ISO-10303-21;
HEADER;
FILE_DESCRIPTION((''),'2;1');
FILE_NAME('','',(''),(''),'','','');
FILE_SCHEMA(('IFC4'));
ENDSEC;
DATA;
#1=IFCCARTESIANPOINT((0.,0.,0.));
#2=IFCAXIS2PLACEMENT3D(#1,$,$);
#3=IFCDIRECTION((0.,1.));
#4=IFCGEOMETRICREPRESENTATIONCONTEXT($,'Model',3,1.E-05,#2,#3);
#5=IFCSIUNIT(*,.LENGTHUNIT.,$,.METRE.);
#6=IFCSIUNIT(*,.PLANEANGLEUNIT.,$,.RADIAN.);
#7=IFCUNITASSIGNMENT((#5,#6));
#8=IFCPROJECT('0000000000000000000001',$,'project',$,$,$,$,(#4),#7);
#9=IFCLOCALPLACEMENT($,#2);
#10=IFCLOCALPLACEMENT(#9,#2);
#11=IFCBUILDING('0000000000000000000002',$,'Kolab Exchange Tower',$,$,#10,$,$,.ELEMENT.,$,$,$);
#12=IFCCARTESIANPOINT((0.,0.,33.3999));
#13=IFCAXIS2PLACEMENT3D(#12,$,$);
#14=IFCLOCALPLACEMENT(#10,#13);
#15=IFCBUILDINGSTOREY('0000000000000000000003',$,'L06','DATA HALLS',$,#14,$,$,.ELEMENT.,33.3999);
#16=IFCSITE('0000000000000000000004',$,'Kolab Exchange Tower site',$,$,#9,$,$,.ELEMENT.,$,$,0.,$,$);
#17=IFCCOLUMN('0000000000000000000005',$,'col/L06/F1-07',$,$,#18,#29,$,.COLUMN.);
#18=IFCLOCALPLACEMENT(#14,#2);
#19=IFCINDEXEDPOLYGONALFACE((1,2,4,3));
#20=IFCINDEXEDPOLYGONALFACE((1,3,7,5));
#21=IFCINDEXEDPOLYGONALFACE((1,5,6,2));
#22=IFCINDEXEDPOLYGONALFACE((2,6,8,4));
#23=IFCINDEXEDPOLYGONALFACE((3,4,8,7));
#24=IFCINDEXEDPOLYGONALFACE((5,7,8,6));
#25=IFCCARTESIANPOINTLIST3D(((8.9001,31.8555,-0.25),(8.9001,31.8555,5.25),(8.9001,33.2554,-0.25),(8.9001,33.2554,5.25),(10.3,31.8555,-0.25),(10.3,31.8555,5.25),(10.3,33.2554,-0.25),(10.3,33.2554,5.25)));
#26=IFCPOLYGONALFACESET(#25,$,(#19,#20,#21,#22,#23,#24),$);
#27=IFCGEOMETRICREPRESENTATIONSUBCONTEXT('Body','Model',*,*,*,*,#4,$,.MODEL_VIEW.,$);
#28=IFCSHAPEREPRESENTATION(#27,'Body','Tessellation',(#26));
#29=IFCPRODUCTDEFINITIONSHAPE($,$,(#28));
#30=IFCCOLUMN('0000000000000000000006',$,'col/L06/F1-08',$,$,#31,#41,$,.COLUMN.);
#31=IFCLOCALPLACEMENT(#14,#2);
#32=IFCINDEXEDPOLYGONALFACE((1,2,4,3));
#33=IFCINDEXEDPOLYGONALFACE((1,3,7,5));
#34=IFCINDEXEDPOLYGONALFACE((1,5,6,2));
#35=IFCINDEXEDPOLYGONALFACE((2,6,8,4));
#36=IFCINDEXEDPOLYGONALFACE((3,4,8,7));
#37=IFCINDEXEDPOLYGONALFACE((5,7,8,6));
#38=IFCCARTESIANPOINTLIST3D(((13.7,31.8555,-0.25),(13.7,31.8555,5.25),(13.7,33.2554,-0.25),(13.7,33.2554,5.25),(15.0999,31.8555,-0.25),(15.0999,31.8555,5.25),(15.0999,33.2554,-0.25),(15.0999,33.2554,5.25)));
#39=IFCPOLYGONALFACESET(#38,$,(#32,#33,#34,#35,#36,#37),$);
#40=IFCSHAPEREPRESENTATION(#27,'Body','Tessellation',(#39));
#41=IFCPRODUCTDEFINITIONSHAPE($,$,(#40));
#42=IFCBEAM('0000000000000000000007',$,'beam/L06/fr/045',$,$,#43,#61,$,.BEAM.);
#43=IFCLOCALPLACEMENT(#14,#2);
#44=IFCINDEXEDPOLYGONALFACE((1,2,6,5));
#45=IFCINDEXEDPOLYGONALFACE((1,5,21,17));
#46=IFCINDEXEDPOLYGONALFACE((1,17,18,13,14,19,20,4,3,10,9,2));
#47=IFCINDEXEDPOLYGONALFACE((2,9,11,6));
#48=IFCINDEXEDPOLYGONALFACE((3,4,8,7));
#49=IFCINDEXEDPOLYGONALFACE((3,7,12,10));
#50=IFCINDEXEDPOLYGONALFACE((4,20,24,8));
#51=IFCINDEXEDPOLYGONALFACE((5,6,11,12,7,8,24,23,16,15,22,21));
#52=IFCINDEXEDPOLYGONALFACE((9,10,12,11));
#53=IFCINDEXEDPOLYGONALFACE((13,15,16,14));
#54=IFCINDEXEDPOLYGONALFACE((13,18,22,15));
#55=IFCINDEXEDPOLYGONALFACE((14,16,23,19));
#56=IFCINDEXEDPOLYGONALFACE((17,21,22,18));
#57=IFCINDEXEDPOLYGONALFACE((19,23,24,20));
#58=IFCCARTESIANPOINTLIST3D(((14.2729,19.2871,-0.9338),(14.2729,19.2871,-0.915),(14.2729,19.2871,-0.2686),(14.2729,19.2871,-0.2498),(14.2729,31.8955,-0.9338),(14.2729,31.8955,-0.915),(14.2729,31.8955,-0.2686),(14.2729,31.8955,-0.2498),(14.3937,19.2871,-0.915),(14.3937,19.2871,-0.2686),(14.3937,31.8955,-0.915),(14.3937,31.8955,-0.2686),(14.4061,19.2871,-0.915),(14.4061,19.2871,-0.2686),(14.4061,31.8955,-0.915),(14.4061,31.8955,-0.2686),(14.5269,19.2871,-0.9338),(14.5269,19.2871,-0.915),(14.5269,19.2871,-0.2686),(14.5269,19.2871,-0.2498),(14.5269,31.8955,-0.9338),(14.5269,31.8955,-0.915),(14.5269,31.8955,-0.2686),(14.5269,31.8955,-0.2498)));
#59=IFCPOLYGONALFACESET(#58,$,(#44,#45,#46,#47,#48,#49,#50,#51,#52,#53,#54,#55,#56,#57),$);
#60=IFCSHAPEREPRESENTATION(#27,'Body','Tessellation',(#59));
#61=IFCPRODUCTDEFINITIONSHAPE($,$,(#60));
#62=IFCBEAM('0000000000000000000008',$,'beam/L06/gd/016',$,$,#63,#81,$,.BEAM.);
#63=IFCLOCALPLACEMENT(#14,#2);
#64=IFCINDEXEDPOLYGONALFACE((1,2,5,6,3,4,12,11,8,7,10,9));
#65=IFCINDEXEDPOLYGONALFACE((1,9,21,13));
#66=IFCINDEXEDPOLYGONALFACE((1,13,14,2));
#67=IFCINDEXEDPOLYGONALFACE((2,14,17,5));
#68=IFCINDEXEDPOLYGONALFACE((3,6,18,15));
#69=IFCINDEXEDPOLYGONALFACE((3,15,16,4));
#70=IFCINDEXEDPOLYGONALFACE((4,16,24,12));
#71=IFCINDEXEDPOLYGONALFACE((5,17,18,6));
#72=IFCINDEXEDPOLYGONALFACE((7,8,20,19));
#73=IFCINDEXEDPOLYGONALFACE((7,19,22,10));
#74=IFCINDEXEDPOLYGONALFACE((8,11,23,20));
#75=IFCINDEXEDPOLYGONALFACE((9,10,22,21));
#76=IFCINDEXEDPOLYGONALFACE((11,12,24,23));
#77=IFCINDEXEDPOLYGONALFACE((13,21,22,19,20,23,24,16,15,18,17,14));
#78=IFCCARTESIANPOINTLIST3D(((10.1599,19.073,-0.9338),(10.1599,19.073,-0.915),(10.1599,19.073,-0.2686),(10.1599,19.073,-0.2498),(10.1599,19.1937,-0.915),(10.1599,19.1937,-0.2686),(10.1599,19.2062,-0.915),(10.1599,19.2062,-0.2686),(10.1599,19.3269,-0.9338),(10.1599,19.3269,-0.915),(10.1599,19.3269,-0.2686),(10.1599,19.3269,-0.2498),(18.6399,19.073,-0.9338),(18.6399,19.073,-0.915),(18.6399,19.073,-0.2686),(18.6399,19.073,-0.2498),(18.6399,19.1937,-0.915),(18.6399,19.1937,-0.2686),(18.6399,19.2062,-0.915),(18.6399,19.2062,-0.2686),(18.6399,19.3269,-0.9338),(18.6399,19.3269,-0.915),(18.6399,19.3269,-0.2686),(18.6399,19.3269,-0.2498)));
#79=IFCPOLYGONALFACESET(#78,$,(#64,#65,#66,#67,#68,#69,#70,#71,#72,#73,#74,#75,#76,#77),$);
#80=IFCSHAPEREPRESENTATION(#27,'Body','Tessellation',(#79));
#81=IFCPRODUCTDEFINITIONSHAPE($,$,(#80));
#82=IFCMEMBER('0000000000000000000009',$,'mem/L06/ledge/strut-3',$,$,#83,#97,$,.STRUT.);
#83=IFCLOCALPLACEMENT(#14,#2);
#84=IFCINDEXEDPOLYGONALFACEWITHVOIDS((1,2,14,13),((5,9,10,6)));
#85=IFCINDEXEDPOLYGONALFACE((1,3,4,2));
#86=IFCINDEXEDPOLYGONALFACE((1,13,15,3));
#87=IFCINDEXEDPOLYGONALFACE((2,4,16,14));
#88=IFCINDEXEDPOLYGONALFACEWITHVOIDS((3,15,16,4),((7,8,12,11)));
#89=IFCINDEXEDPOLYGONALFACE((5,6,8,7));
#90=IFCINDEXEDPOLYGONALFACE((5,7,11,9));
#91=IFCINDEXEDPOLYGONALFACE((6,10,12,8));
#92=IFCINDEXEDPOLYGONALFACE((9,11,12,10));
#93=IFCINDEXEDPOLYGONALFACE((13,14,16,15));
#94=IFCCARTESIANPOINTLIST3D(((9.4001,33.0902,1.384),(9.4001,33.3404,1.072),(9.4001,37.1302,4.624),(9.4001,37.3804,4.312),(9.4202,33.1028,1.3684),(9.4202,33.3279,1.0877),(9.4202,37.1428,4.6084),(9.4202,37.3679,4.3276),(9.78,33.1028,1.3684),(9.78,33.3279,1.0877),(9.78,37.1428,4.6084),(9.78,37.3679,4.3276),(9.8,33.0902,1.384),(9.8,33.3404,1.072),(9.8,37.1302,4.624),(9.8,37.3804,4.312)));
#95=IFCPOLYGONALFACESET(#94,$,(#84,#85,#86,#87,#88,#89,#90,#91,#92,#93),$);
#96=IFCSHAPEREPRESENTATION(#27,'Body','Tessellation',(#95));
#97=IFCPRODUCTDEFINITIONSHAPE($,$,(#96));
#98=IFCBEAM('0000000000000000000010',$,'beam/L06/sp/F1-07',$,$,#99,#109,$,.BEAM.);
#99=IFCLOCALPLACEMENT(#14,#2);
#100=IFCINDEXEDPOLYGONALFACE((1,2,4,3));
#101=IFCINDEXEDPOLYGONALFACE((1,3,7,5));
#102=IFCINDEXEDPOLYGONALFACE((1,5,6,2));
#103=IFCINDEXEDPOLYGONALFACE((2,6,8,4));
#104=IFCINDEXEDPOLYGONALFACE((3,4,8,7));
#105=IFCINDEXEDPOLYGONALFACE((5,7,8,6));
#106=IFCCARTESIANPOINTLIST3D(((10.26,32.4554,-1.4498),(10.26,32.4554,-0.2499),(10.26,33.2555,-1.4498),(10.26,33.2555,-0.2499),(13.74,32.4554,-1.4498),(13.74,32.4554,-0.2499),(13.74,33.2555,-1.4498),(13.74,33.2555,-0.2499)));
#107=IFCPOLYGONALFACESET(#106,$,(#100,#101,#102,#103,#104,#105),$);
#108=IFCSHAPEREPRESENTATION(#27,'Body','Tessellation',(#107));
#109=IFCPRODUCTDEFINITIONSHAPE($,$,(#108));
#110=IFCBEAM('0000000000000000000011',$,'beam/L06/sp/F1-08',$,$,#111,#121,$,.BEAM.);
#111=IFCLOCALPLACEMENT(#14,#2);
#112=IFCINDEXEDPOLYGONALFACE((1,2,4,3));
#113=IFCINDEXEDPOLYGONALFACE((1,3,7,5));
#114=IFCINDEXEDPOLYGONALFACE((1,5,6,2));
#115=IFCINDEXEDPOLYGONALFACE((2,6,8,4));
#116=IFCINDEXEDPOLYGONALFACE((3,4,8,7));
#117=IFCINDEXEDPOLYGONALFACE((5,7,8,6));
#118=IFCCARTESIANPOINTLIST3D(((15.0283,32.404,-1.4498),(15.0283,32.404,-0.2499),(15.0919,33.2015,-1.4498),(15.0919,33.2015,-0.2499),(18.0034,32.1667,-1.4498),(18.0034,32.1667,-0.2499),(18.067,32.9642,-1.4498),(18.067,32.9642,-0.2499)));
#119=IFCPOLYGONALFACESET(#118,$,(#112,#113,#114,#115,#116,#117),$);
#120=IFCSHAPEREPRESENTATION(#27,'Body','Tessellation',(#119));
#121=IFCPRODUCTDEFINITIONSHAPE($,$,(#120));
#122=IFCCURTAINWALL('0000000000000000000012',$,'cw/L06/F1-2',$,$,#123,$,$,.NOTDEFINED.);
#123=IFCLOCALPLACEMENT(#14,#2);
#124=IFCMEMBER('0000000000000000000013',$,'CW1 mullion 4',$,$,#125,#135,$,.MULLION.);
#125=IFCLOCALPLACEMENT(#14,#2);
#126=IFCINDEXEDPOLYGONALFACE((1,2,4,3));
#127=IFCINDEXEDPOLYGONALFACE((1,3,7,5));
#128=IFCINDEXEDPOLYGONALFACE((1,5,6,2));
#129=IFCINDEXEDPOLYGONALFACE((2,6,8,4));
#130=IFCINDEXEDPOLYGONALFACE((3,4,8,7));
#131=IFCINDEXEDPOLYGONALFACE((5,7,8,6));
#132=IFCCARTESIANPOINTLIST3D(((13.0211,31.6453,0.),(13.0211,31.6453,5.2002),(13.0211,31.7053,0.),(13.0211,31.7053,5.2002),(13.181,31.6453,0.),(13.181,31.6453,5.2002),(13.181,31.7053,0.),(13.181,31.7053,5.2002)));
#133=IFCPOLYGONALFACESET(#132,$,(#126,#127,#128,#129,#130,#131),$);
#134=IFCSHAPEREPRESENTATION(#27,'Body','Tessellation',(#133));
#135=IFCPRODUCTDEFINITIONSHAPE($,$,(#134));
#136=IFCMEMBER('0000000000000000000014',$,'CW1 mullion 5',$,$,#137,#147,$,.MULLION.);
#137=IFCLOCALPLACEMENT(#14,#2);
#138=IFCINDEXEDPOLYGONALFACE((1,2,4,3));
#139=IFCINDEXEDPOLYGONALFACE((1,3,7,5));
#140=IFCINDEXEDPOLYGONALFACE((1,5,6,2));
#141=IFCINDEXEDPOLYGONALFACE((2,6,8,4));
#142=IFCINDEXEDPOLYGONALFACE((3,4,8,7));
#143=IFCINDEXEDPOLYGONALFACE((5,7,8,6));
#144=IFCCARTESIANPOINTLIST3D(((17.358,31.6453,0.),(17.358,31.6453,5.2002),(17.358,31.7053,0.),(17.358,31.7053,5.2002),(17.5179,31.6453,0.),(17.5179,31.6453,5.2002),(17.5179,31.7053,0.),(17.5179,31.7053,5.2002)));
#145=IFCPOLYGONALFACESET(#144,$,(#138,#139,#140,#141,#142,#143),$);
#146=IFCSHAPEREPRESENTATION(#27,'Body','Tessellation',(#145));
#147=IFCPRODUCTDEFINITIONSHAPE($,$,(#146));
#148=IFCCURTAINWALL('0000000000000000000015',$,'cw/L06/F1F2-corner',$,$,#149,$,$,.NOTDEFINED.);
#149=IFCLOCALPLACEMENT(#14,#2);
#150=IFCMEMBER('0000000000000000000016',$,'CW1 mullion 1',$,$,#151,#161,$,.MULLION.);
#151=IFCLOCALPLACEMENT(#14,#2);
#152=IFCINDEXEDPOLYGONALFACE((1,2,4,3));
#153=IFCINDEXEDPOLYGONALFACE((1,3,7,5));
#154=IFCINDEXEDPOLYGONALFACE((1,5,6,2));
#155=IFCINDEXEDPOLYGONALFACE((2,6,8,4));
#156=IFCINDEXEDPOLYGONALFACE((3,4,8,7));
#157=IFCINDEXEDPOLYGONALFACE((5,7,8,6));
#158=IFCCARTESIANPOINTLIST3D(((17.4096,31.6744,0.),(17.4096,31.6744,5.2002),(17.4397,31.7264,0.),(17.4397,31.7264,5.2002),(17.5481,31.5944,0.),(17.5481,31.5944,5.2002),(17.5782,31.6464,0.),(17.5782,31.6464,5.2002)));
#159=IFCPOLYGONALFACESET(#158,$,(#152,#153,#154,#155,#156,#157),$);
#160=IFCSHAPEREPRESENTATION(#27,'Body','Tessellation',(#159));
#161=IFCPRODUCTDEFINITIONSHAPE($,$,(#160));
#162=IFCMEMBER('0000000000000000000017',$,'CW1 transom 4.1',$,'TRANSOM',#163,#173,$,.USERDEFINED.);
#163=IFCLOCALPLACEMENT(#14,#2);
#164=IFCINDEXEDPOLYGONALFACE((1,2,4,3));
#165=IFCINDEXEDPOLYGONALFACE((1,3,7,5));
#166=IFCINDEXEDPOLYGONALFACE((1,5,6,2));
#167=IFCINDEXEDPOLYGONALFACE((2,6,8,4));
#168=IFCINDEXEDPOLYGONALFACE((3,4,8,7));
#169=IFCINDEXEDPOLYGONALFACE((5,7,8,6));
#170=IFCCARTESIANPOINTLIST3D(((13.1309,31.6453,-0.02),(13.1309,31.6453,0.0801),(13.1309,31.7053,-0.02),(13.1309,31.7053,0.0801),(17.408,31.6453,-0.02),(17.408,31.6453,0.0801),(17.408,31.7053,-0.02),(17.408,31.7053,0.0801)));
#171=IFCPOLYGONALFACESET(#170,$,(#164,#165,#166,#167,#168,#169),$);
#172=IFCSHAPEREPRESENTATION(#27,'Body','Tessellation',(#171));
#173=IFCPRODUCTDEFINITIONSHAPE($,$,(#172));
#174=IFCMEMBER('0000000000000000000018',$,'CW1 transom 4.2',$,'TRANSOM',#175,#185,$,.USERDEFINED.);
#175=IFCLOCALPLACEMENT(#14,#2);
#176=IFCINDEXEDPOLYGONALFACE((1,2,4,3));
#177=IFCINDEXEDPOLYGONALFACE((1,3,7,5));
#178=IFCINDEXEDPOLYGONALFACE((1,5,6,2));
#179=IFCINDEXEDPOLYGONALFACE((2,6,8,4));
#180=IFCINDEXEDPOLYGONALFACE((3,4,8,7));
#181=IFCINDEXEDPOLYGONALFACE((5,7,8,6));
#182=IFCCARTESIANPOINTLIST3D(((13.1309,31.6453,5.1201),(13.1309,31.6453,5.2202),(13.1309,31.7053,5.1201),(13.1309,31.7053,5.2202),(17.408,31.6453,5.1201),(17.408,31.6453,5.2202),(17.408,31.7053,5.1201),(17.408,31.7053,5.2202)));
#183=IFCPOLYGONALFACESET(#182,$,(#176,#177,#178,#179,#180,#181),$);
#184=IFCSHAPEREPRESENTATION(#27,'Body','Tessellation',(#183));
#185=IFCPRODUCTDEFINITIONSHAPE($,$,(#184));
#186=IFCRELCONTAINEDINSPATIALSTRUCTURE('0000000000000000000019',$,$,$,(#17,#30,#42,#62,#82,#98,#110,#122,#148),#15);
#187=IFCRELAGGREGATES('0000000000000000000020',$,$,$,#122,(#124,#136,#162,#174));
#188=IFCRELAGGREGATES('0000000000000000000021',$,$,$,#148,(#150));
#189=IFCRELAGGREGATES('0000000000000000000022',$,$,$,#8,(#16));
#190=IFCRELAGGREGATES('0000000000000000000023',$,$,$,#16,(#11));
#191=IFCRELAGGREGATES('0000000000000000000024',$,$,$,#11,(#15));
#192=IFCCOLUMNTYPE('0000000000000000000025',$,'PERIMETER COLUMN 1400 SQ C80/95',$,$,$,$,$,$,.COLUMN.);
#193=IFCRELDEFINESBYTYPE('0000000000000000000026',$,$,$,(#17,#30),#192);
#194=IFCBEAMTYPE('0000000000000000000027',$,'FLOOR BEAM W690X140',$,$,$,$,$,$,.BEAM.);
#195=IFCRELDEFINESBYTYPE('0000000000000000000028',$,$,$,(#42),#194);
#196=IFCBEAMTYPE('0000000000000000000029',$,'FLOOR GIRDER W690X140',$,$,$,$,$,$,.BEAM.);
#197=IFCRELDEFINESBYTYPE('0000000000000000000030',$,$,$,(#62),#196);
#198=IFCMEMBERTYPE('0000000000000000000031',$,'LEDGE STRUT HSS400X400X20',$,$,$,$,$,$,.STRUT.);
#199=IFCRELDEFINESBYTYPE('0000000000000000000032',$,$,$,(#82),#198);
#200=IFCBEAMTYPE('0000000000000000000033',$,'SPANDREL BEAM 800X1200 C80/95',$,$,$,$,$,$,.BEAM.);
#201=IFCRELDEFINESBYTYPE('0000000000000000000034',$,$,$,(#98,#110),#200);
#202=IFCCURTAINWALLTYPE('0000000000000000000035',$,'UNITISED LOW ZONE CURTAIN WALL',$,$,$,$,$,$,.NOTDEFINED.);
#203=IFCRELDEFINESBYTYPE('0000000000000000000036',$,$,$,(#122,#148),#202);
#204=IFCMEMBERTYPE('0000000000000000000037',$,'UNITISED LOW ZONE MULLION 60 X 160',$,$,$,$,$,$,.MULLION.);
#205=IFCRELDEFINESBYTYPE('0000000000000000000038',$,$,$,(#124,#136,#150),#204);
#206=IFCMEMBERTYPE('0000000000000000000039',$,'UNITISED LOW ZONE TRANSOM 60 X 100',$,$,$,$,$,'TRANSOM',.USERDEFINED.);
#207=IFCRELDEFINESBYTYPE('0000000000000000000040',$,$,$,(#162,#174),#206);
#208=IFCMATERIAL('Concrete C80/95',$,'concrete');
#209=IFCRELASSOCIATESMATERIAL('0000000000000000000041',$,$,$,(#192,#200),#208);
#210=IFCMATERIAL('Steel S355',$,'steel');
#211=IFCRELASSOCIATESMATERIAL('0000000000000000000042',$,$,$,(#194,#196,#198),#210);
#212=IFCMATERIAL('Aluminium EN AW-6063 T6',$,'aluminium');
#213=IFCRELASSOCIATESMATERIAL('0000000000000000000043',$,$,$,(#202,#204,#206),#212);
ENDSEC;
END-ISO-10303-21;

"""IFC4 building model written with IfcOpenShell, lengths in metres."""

from ifc_helpers import new_model, si_unit, direction, frame, origin, origin_2d, place, context, subcontext, project, spatial, rectangle, hollow_rectangle, i_section, extrude, material, material_profile, profile_set, type_object, element, aggregate, save


model = new_model("IFC4")

# Units and contexts
model_context = context("Model", 3, precision=1e-05, world=origin(), true_north=direction((0.0, 1.0)))
body_context = subcontext(model_context, "Body", "Model", "MODEL_VIEW")
ifc_project = project(units=[si_unit("LENGTHUNIT", "METRE"), si_unit("PLANEANGLEUNIT", "RADIAN")], contexts=[model_context])

# Site, building, storey
site_placement = place(None, origin())
site = spatial("IfcSite", under=ifc_project, at=site_placement, Name="Kolab Exchange Tower site", CompositionType="ELEMENT", RefElevation=0.0)
building_placement = place(site_placement, origin())
building = spatial("IfcBuilding", under=site, at=building_placement, Name="Kolab Exchange Tower", CompositionType="ELEMENT")
storey_placement = place(building_placement, frame((0.0, 0.0, 33.3999)))
storey = spatial("IfcBuildingStorey", under=building, at=storey_placement, Name="L06", Description="DATA HALLS", CompositionType="ELEMENT", Elevation=33.3999)

# Columns
ifc_material_1 = material(Name="Concrete C80/95", Category="concrete")
ifc_material_profile_1 = material_profile(ifc_material_1, rectangle(XDim=1.3999, YDim=1.3999, at=origin_2d()), Name="RC1400")
ifc_profile_set_1 = profile_set([ifc_material_profile_1], Name="Concrete C80/95")
column_type = type_object("IfcColumnType", Name="PERIMETER COLUMN 1400 SQ C80/95", PredefinedType="COLUMN", material=ifc_profile_set_1)
for number, where, z_axis, x_axis, name in (
    (1, (9.6001, 32.5554, -0.25), (0.0, 0.0, 1.0), (1.0, 0.0, 0.0), "col/L06/F1-07"),
    (2, (14.3999, 32.5554, -0.25), (0.0, 0.0, 1.0), (1.0, 0.0, 0.0), "col/L06/F1-08"),
):
    element("IfcColumn", number, at=place(storey_placement, frame(where, z_axis=z_axis, x_axis=x_axis)), inside=storey, type_object=column_type, Name=name, PredefinedType="COLUMN", context=body_context, shape_type="SweptSolid", body=[
        extrude(rectangle(XDim=1.3999, YDim=1.3999, at=origin_2d()), origin(), (0.0, 0.0, 1.0), 5.5),
    ])

# Beams
ifc_material_2 = material(Name="Steel S355", Category="steel")
ifc_material_profile_2 = material_profile(ifc_material_2, i_section(OverallWidth=0.2539, OverallDepth=0.6841, WebThickness=0.0125, FlangeThickness=0.0188, at=origin_2d()), Name="W690X140")
ifc_profile_set_2 = profile_set([ifc_material_profile_2], Name="Steel S355")
beam_type_1 = type_object("IfcBeamType", Name="FLOOR BEAM W690X140", PredefinedType="BEAM", material=ifc_profile_set_2)
beam_1_placement = place(storey_placement, frame((14.3999, 19.2871, -0.5918), z_axis=(0.0, 1.0, 0.0), x_axis=(-1.0, 0.0, 0.0)))
element("IfcBeam", 3, at=beam_1_placement, inside=storey, type_object=beam_type_1, Name="beam/L06/fr/045", PredefinedType="BEAM", context=body_context, shape_type="SweptSolid", body=[
    extrude(i_section(OverallWidth=0.2539, OverallDepth=0.6841, WebThickness=0.0125, FlangeThickness=0.0188, at=origin_2d()), origin(), (0.0, 0.0, 1.0), 12.6084),
])
ifc_material_profile_3 = material_profile(ifc_material_2, i_section(OverallWidth=0.2539, OverallDepth=0.6841, WebThickness=0.0125, FlangeThickness=0.0188, at=origin_2d()), Name="W690X140")
ifc_profile_set_3 = profile_set([ifc_material_profile_3], Name="Steel S355")
beam_type_2 = type_object("IfcBeamType", Name="FLOOR GIRDER W690X140", PredefinedType="BEAM", material=ifc_profile_set_3)
beam_2_placement = place(storey_placement, frame((10.1599, 19.2, -0.5918), z_axis=(1.0, 0.0, 0.0), x_axis=(0.0, 1.0, 0.0)))
element("IfcBeam", 4, at=beam_2_placement, inside=storey, type_object=beam_type_2, Name="beam/L06/gd/016", PredefinedType="BEAM", context=body_context, shape_type="SweptSolid", body=[
    extrude(i_section(OverallWidth=0.2539, OverallDepth=0.6841, WebThickness=0.0125, FlangeThickness=0.0188, at=origin_2d()), origin(), (0.0, 0.0, 1.0), 8.48),
])

# Member
ifc_material_profile_4 = material_profile(ifc_material_2, hollow_rectangle(XDim=0.3999, YDim=0.3999, WallThickness=0.02, at=origin_2d()), Name="HSS400X400X20")
ifc_profile_set_4 = profile_set([ifc_material_profile_4], Name="Steel S355")
member_type_1 = type_object("IfcMemberType", Name="LEDGE STRUT HSS400X400X20", PredefinedType="STRUT", material=ifc_profile_set_4)
member_1_placement = place(storey_placement, frame((9.6001, 33.2153, 1.228), z_axis=(0.0, 0.780119, 0.625632), x_axis=(-1.0, 0.0, 0.0)))
element("IfcMember", 5, at=member_1_placement, inside=storey, type_object=member_type_1, Name="mem/L06/ledge/strut-3", PredefinedType="STRUT", context=body_context, shape_type="SweptSolid", body=[
    extrude(hollow_rectangle(XDim=0.3999, YDim=0.3999, WallThickness=0.02, at=origin_2d()), origin(), (0.0, 0.0, 1.0), 5.1787),
])

# Beams
ifc_material_profile_5 = material_profile(ifc_material_1, rectangle(XDim=0.8, YDim=1.2, at=origin_2d()), Name="RC800X1200")
ifc_profile_set_5 = profile_set([ifc_material_profile_5], Name="Concrete C80/95")
beam_type_3 = type_object("IfcBeamType", Name="SPANDREL BEAM 800X1200 C80/95", PredefinedType="BEAM", material=ifc_profile_set_5)
beam_3_placement = place(storey_placement, frame((10.26, 32.8555, -0.8499), z_axis=(1.0, 0.0, 0.0), x_axis=(0.0, 1.0, 0.0)))
element("IfcBeam", 6, at=beam_3_placement, inside=storey, type_object=beam_type_3, Name="beam/L06/sp/F1-07", PredefinedType="BEAM", context=body_context, shape_type="SweptSolid", body=[
    extrude(rectangle(XDim=0.8, YDim=1.2, at=origin_2d()), origin(), (0.0, 0.0, 1.0), 3.48),
])
beam_4_placement = place(storey_placement, frame((15.0601, 32.8027, -0.8499), z_axis=(0.996834, -0.079511, 0.0), x_axis=(0.079511, 0.996834, 0.0)))
element("IfcBeam", 7, at=beam_4_placement, inside=storey, type_object=beam_type_3, Name="beam/L06/sp/F1-08", PredefinedType="BEAM", context=body_context, shape_type="SweptSolid", body=[
    extrude(rectangle(XDim=0.8, YDim=1.2, at=origin_2d()), origin(), (0.0, 0.0, 1.0), 2.9846),
])

# Curtain wall, members
ifc_material_3 = material(Name="Aluminium EN AW-6063 T6", Category="aluminium")
curtain_wall_type = type_object("IfcCurtainWallType", Name="UNITISED LOW ZONE CURTAIN WALL", PredefinedType="NOTDEFINED", material=ifc_material_3)
curtain_wall_1_placement = place(storey_placement, origin())
curtain_wall_1 = element("IfcCurtainWall", 8, at=curtain_wall_1_placement, inside=storey, type_object=curtain_wall_type, Name="cw/L06/F1-2", PredefinedType="NOTDEFINED")
ifc_material_profile_6 = material_profile(ifc_material_3, rectangle(XDim=0.0601, YDim=0.1599, at=origin_2d()), Name="RECT 60X160")
ifc_profile_set_6 = profile_set([ifc_material_profile_6], Name="Aluminium EN AW-6063 T6")
member_type_2 = type_object("IfcMemberType", Name="UNITISED LOW ZONE MULLION 60 X 160", PredefinedType="MULLION", material=ifc_profile_set_6)
member_2_placement = place(storey_placement, frame((13.1011, 31.6753, 0.0), z_axis=(0.0, 0.0, 1.0), x_axis=(0.0, 1.0, 0.0)))
member_2 = element("IfcMember", 9, at=member_2_placement, type_object=member_type_2, Name="CW1 mullion 4", PredefinedType="MULLION", context=body_context, shape_type="SweptSolid", body=[
    extrude(rectangle(XDim=0.0601, YDim=0.1599, at=origin_2d()), origin(), (0.0, 0.0, 1.0), 5.2002),
])
member_3_placement = place(storey_placement, frame((17.438, 31.6753, 0.0), z_axis=(0.0, 0.0, 1.0), x_axis=(0.0, 1.0, 0.0)))
member_3 = element("IfcMember", 10, at=member_3_placement, type_object=member_type_2, Name="CW1 mullion 5", PredefinedType="MULLION", context=body_context, shape_type="SweptSolid", body=[
    extrude(rectangle(XDim=0.0601, YDim=0.1599, at=origin_2d()), origin(), (0.0, 0.0, 1.0), 5.2002),
])

# Curtain wall, member
curtain_wall_2_placement = place(storey_placement, origin())
curtain_wall_2 = element("IfcCurtainWall", 11, at=curtain_wall_2_placement, inside=storey, type_object=curtain_wall_type, Name="cw/L06/F1F2-corner", PredefinedType="NOTDEFINED")
member_4_placement = place(storey_placement, frame((17.4939, 31.6604, 0.0), z_axis=(0.0, 0.0, 1.0), x_axis=(0.5, 0.866025, 0.0)))
member_4 = element("IfcMember", 12, at=member_4_placement, type_object=member_type_2, Name="CW1 mullion 1", PredefinedType="MULLION", context=body_context, shape_type="SweptSolid", body=[
    extrude(rectangle(XDim=0.0601, YDim=0.1599, at=origin_2d()), origin(), (0.0, 0.0, 1.0), 5.2002),
])

# Members
ifc_material_profile_7 = material_profile(ifc_material_3, rectangle(XDim=0.0601, YDim=0.1001, at=origin_2d()), Name="RECT 60X100")
ifc_profile_set_7 = profile_set([ifc_material_profile_7], Name="Aluminium EN AW-6063 T6")
member_type_3 = type_object("IfcMemberType", Name="UNITISED LOW ZONE TRANSOM 60 X 100", ElementType="TRANSOM", PredefinedType="USERDEFINED", material=ifc_profile_set_7)
member_5_placement = place(storey_placement, frame((13.1309, 31.6753, 0.03), z_axis=(1.0, 0.0, 0.0), x_axis=(0.0, 1.0, 0.0)))
member_5 = element("IfcMember", 13, at=member_5_placement, type_object=member_type_3, Name="CW1 transom 4.1", ObjectType="TRANSOM", PredefinedType="USERDEFINED", context=body_context, shape_type="SweptSolid", body=[
    extrude(rectangle(XDim=0.0601, YDim=0.1001, at=origin_2d()), origin(), (0.0, 0.0, 1.0), 4.2771),
])
member_6_placement = place(storey_placement, frame((13.1309, 31.6753, 5.1702), z_axis=(1.0, 0.0, 0.0), x_axis=(0.0, 1.0, 0.0)))
member_6 = element("IfcMember", 14, at=member_6_placement, type_object=member_type_3, Name="CW1 transom 4.2", ObjectType="TRANSOM", PredefinedType="USERDEFINED", context=body_context, shape_type="SweptSolid", body=[
    extrude(rectangle(XDim=0.0601, YDim=0.1001, at=origin_2d()), origin(), (0.0, 0.0, 1.0), 4.2771),
])

aggregate(curtain_wall_1, [member_2, member_3, member_5, member_6])
aggregate(curtain_wall_2, [member_4])

save(model, "model.ifc")
